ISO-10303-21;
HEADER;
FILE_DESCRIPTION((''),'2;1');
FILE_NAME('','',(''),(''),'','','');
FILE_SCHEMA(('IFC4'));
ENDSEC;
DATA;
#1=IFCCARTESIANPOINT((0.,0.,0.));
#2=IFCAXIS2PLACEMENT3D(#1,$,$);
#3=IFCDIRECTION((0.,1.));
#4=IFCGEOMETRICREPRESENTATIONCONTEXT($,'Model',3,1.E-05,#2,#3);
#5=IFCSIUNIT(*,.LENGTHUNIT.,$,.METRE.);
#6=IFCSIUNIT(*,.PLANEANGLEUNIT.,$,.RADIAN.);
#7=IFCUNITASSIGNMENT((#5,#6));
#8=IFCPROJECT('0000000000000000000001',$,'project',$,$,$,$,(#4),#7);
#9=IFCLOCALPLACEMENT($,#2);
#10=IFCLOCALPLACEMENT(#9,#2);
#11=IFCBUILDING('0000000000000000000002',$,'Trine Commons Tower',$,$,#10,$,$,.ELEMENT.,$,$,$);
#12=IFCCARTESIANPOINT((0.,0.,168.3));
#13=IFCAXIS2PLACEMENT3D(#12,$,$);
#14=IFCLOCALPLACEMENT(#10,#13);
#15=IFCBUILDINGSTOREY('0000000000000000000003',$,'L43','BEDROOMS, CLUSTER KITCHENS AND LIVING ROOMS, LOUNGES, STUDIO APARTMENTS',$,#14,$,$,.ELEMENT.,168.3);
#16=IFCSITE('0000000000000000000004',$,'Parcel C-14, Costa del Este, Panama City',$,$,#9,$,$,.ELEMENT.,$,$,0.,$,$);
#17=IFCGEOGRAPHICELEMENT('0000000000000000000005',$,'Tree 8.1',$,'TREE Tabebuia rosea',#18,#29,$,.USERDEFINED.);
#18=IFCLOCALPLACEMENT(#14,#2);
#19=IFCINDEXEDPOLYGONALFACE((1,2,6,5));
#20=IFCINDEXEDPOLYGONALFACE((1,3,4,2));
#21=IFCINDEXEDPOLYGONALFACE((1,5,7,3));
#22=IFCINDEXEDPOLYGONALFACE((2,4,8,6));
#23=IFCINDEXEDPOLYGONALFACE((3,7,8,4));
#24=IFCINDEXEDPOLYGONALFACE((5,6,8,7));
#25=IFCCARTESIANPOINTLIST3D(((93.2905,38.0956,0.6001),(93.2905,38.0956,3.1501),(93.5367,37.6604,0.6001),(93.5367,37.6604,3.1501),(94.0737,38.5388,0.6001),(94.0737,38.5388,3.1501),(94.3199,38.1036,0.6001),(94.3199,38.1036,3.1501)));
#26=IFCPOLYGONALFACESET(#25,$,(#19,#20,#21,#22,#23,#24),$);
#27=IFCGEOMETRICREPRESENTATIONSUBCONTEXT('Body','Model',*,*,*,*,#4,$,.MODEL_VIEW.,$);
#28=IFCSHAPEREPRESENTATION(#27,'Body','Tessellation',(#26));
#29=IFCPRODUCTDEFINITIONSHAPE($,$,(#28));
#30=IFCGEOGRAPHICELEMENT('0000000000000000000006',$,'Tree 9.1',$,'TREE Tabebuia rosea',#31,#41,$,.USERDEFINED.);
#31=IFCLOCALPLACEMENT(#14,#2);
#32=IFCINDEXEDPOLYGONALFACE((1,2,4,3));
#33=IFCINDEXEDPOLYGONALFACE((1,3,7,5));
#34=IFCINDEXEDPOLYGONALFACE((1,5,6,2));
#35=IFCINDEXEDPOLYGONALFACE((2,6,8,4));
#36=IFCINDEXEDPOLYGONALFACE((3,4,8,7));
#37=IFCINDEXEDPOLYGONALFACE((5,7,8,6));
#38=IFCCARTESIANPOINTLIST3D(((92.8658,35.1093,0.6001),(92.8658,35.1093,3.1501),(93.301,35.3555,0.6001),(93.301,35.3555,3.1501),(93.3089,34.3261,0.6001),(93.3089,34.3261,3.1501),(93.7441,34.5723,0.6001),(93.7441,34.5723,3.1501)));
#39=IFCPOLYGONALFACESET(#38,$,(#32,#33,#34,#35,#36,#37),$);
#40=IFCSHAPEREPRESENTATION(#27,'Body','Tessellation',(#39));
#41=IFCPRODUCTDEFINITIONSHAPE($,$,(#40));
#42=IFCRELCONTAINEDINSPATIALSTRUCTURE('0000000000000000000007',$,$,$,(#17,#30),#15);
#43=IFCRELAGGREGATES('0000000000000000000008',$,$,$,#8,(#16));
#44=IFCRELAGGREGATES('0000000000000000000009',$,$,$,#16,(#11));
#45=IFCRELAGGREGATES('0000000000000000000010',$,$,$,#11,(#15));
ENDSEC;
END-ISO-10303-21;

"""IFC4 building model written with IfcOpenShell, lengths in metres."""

from ifc_helpers import new_model, si_unit, direction, frame, origin, origin_2d, place, context, subcontext, project, spatial, rectangle, extrude, element, save


model = new_model("IFC4")

# Units and contexts
model_context = context("Model", 3, precision=1e-05, world=origin(), true_north=direction((0.0, 1.0)))
body_context = subcontext(model_context, "Body", "Model", "MODEL_VIEW")
ifc_project = project(units=[si_unit("LENGTHUNIT", "METRE"), si_unit("PLANEANGLEUNIT", "RADIAN")], contexts=[model_context])

# Site, building, storey
site_placement = place(None, origin())
site = spatial("IfcSite", under=ifc_project, at=site_placement, Name="Parcel C-14, Costa del Este, Panama City", CompositionType="ELEMENT", RefElevation=0.0)
building_placement = place(site_placement, origin())
building = spatial("IfcBuilding", under=site, at=building_placement, Name="Trine Commons Tower", CompositionType="ELEMENT")
storey_placement = place(building_placement, frame((0.0, 0.0, 168.3)))
storey = spatial("IfcBuildingStorey", under=building, at=storey_placement, Name="L43", Description="BEDROOMS, CLUSTER KITCHENS AND LIVING ROOMS, LOUNGES, STUDIO APARTMENTS", CompositionType="ELEMENT", Elevation=168.3)

# Geographic elements
for number, where, z_axis, x_axis, name in (
    (1, (93.8052, 38.0996, 0.6001), (0.0, 0.0, 1.0), (-0.870333, -0.492463, 0.0), "Tree 8.1"),
    (2, (93.3049, 34.8408, 0.6001), (0.0, 0.0, 1.0), (0.492421, -0.870357, 0.0), "Tree 9.1"),
):
    element("IfcGeographicElement", number, at=place(storey_placement, frame(where, z_axis=z_axis, x_axis=x_axis)), inside=storey, Name=name, ObjectType="TREE Tabebuia rosea", PredefinedType="USERDEFINED", context=body_context, shape_type="SweptSolid", body=[
        extrude(rectangle(XDim=0.8999, YDim=0.5, at=origin_2d()), origin(), (0.0, 0.0, 1.0), 2.55),
    ])

save(model, "model.ifc")
